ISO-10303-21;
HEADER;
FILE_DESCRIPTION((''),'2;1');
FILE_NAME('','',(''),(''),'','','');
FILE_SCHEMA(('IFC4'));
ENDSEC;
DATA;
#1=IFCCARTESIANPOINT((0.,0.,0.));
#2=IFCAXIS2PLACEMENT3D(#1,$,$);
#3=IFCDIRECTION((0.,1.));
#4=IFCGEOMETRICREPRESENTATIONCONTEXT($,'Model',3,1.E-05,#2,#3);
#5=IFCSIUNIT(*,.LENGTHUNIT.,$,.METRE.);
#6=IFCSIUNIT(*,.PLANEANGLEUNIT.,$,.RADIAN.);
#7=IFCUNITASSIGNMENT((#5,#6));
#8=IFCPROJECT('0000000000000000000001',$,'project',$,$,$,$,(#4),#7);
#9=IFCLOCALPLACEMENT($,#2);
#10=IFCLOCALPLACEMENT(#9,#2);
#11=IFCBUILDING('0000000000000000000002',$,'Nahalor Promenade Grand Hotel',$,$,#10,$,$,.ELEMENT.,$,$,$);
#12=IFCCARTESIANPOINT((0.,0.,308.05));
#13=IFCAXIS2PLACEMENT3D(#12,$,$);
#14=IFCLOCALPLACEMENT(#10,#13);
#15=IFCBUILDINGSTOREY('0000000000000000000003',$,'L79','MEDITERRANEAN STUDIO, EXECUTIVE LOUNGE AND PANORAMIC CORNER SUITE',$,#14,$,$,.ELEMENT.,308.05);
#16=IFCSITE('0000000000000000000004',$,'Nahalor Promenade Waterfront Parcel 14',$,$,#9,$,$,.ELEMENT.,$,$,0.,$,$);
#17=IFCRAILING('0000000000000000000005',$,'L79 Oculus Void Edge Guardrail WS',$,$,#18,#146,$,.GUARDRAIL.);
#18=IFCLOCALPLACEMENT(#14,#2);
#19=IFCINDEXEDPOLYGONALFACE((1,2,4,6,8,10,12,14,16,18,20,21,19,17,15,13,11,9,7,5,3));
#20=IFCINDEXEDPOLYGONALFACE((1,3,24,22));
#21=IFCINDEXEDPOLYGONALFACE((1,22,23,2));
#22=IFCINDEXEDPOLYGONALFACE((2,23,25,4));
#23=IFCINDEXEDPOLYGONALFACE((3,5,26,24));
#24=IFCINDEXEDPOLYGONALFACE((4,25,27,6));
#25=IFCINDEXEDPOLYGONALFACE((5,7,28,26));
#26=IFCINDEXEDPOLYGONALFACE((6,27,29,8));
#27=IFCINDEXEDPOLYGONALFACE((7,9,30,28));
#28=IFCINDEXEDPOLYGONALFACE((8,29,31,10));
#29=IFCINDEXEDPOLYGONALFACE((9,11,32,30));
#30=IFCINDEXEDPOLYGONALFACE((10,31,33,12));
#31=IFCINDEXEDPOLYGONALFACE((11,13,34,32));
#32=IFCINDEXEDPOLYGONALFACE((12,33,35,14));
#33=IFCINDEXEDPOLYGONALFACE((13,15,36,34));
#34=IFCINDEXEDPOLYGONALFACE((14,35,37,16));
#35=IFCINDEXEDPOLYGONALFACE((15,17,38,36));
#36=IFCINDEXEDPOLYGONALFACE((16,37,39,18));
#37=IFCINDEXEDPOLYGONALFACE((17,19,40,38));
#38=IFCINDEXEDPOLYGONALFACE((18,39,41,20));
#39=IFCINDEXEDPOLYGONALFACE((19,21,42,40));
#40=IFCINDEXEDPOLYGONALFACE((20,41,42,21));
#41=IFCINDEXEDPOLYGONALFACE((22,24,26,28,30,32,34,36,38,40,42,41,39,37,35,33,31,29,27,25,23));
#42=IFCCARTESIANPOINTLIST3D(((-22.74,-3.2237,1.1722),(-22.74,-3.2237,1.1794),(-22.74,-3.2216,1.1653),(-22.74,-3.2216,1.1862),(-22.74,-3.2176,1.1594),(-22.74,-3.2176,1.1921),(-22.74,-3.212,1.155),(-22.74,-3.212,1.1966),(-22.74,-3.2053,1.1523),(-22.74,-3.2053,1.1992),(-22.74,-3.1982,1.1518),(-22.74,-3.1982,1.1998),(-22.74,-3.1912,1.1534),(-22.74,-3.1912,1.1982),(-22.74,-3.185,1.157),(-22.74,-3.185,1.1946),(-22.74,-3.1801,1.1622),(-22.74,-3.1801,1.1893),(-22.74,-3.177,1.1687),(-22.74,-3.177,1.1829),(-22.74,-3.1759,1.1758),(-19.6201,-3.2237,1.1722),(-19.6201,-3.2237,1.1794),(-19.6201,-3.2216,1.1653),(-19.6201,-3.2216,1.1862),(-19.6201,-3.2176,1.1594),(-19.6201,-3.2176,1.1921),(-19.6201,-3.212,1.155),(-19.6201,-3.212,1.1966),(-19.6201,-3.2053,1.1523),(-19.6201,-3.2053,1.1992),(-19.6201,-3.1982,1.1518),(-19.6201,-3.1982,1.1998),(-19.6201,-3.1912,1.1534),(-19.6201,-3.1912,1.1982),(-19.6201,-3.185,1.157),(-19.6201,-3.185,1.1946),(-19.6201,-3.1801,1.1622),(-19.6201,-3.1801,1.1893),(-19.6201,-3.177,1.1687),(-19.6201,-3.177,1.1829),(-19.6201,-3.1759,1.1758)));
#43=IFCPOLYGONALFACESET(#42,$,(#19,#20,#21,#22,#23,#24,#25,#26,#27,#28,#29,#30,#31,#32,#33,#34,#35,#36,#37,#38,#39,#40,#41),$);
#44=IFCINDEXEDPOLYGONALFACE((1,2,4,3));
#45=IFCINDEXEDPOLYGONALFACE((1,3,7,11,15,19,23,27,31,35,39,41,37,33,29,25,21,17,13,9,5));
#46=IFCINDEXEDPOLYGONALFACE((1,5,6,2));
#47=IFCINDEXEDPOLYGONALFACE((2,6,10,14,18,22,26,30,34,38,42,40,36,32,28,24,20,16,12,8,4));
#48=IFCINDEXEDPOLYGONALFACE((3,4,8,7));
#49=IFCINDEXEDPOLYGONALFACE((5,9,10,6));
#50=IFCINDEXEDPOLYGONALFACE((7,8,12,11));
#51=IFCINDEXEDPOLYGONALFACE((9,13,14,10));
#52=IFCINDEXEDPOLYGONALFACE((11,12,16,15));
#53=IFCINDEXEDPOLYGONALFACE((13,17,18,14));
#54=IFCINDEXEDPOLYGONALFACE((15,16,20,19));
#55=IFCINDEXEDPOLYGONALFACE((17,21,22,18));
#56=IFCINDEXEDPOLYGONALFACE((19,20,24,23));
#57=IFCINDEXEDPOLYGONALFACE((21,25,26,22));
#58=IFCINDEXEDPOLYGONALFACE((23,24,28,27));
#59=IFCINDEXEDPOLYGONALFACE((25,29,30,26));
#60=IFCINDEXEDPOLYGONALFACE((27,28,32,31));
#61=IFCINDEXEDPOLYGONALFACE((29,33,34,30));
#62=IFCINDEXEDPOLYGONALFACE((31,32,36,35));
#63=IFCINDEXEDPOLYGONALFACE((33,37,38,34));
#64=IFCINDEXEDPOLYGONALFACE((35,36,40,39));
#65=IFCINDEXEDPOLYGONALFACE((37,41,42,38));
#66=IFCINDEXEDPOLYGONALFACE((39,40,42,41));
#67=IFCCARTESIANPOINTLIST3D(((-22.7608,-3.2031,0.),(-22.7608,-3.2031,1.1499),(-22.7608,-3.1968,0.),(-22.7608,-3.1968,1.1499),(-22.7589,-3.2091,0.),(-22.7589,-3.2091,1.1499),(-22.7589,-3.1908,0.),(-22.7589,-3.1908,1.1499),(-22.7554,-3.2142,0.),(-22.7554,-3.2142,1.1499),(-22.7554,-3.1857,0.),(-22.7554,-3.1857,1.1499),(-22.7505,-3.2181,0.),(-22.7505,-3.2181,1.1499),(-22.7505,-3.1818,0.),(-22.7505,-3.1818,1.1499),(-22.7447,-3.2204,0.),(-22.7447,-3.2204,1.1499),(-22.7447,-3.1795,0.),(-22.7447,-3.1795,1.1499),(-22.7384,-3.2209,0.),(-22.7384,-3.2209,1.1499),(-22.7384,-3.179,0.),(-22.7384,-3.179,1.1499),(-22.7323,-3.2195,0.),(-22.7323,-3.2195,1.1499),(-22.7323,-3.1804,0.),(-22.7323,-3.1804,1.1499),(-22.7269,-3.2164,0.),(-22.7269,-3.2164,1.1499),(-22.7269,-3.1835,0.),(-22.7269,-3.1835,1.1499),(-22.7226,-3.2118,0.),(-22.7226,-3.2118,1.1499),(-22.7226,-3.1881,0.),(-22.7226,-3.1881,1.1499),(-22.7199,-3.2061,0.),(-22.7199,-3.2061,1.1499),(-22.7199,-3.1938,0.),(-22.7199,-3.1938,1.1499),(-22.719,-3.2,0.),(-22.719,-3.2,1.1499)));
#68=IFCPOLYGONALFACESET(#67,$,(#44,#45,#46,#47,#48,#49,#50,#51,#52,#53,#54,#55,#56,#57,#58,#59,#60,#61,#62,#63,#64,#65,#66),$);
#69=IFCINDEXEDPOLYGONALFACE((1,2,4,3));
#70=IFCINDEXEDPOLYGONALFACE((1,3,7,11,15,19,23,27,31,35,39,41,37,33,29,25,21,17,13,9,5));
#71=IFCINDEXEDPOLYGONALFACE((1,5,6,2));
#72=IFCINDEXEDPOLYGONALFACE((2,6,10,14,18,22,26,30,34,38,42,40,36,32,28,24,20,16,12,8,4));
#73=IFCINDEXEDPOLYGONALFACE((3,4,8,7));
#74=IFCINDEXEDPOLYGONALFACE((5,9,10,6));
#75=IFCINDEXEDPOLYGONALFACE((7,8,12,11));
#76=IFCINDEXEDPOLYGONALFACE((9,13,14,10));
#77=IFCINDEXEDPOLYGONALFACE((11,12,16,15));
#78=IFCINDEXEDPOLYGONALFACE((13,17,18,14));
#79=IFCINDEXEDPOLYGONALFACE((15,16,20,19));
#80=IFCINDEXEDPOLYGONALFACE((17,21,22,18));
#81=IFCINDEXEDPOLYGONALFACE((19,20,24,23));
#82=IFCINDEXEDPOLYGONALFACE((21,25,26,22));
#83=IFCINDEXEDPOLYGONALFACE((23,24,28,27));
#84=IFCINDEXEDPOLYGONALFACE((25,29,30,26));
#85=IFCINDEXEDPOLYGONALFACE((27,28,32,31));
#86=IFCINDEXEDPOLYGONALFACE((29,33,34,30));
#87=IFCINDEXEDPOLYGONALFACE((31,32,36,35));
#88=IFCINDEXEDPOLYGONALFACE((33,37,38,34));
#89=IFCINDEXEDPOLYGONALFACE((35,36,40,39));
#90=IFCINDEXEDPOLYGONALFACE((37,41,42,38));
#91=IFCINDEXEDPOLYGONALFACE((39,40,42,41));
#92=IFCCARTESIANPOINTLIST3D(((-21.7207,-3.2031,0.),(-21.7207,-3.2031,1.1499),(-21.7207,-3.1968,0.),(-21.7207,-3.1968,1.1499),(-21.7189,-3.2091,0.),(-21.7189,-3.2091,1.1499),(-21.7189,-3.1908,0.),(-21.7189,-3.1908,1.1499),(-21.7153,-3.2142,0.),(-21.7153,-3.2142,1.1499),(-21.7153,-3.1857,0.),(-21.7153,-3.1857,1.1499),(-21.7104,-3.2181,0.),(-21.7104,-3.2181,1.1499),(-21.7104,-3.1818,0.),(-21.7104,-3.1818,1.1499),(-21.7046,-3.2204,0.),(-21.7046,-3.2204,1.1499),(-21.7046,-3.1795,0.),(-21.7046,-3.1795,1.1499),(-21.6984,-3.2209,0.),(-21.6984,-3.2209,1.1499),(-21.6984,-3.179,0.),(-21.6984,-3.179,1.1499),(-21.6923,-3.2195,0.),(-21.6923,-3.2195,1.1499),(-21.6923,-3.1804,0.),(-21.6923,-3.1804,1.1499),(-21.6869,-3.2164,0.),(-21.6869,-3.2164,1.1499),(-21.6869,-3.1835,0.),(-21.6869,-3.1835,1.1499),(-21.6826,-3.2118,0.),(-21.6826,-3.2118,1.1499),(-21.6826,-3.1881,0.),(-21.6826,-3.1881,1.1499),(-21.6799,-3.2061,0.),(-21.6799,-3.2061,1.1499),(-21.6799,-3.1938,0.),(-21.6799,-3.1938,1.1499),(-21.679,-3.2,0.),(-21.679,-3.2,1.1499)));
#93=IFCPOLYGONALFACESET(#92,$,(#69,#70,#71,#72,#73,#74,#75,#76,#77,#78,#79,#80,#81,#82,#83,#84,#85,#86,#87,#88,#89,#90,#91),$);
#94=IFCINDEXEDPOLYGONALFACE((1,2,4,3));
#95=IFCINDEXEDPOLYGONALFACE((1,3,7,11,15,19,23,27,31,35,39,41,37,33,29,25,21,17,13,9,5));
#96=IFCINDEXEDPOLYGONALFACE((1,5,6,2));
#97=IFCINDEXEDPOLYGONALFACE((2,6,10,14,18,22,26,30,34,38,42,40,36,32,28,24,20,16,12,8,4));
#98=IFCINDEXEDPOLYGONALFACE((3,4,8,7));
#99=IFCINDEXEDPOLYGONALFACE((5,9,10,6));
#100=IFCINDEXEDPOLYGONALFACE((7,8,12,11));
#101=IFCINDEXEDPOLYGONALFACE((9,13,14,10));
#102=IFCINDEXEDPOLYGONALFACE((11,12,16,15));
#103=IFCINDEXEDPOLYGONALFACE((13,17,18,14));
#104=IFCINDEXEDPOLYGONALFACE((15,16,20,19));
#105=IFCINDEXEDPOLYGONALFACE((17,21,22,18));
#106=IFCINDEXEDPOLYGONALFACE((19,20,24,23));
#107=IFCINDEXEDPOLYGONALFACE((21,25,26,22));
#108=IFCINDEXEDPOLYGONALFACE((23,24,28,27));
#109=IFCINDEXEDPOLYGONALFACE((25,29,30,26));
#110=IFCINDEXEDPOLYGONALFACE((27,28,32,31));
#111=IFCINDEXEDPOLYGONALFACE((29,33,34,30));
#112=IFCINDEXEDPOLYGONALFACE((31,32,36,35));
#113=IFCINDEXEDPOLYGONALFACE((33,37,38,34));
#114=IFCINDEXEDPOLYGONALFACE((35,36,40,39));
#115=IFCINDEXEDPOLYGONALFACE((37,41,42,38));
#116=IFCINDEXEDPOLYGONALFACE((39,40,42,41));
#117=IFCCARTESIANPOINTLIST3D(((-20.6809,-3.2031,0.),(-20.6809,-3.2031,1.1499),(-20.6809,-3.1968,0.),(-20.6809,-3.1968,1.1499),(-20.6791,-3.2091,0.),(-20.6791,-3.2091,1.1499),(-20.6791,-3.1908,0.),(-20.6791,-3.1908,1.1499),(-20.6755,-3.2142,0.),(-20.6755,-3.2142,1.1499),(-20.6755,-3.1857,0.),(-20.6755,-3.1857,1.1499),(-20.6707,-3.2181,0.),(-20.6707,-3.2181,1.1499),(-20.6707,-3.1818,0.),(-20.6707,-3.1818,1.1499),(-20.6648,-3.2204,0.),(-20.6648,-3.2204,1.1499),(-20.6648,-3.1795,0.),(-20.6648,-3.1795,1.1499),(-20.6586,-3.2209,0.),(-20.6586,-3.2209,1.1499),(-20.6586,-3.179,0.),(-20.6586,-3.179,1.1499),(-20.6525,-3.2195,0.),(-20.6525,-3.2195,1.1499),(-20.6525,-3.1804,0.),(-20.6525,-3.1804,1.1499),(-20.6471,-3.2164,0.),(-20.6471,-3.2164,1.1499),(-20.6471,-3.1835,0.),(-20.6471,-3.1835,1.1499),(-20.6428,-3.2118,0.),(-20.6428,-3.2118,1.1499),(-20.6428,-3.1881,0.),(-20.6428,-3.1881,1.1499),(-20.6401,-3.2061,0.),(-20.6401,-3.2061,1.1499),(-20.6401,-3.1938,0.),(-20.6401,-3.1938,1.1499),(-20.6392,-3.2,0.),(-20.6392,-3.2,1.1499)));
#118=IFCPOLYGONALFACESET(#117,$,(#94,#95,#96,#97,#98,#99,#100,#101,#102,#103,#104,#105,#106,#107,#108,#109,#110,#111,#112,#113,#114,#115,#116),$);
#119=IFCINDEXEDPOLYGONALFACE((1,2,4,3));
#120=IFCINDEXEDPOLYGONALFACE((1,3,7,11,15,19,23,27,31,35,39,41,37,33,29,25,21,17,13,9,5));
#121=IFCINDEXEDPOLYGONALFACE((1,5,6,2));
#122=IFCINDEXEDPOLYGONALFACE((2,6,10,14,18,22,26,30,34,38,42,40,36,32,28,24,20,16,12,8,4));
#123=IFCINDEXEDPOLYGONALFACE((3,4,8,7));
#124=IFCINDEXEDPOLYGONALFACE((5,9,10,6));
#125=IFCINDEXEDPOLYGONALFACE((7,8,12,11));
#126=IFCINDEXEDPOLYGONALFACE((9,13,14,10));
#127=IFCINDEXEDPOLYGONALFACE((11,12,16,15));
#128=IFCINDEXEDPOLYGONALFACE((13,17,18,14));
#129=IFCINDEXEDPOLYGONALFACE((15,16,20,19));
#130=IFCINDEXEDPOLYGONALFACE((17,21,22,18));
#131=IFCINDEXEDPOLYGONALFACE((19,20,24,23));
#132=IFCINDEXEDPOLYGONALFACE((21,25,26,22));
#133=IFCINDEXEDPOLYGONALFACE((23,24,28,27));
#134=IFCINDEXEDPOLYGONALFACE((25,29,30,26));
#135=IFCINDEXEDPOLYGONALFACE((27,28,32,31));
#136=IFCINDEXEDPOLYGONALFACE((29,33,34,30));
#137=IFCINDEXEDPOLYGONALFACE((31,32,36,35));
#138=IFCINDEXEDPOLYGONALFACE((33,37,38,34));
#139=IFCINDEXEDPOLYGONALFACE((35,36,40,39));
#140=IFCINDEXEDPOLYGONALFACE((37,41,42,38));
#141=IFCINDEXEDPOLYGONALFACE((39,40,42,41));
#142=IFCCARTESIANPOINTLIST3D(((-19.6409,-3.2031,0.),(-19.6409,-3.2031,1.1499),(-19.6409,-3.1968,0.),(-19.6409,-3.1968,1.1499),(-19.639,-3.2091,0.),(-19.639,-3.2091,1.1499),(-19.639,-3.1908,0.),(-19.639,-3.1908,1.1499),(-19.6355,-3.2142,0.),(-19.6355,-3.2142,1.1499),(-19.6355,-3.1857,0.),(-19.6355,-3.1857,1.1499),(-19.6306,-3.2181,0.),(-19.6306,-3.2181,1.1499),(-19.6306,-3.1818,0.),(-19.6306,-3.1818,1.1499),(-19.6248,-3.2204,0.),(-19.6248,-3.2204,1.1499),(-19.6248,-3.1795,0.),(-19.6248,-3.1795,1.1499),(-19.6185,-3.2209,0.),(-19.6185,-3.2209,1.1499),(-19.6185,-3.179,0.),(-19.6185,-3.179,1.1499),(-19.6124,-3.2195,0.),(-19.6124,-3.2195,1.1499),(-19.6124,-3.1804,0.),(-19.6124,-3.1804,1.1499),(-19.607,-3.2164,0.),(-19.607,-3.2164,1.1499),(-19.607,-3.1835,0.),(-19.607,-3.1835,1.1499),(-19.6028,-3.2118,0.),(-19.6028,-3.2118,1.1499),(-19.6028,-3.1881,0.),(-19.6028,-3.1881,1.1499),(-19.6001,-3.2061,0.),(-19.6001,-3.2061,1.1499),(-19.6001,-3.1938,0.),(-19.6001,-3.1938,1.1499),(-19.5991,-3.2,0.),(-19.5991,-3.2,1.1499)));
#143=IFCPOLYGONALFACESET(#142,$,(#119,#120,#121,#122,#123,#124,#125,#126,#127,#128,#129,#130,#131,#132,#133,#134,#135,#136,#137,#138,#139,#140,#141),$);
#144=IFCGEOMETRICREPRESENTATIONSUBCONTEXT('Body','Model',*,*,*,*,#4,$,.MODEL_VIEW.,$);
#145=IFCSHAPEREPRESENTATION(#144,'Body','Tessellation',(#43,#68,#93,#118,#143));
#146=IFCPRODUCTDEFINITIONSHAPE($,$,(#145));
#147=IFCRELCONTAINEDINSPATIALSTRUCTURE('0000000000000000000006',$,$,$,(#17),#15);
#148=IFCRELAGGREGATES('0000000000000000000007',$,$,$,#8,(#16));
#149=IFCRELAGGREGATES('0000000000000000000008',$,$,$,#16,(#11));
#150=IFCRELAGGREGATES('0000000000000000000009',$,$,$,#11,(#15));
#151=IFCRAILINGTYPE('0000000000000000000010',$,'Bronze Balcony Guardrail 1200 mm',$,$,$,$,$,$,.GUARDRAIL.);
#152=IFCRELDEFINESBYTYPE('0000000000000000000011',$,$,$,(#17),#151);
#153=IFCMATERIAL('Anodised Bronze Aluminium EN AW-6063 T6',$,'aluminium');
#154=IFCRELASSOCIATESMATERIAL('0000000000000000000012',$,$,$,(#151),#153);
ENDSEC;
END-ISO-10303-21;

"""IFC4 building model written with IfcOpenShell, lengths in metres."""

from ifc_helpers import new_model, si_unit, direction, frame, origin, origin_2d, place, context, subcontext, project, spatial, circle, extrude, material, type_object, element, save


model = new_model("IFC4")

# Units and contexts
model_context = context("Model", 3, precision=1e-05, world=origin(), true_north=direction((0.0, 1.0)))
body_context = subcontext(model_context, "Body", "Model", "MODEL_VIEW")
ifc_project = project(units=[si_unit("LENGTHUNIT", "METRE"), si_unit("PLANEANGLEUNIT", "RADIAN")], contexts=[model_context])

# Site, building, storey
site_placement = place(None, origin())
site = spatial("IfcSite", under=ifc_project, at=site_placement, Name="Nahalor Promenade Waterfront Parcel 14", CompositionType="ELEMENT", RefElevation=0.0)
building_placement = place(site_placement, origin())
building = spatial("IfcBuilding", under=site, at=building_placement, Name="Nahalor Promenade Grand Hotel", CompositionType="ELEMENT")
storey_placement = place(building_placement, frame((0.0, 0.0, 308.05)))
storey = spatial("IfcBuildingStorey", under=building, at=storey_placement, Name="L79", Description="MEDITERRANEAN STUDIO, EXECUTIVE LOUNGE AND PANORAMIC CORNER SUITE", CompositionType="ELEMENT", Elevation=308.05)

# Shared definitions
ifc_material_1 = material(Name="Anodised Bronze Aluminium EN AW-6063 T6", Category="aluminium")

# Railing
railing_type = type_object("IfcRailingType", Name="Bronze Balcony Guardrail 1200 mm", PredefinedType="GUARDRAIL", material=ifc_material_1)
for number, where, name in (
    (1, (-22.74, -3.2, 0.0), "L79 Oculus Void Edge Guardrail WS"),
):
    element("IfcRailing", number, at=place(storey_placement, frame(where)), inside=storey, type_object=railing_type, Name=name, PredefinedType="GUARDRAIL", context=body_context, shape_type="SweptSolid", body=[
        extrude(circle(Radius=0.024, at=origin_2d()), frame((0.0, 0.0, 1.1758), z_axis=(1.0, 0.0, 0.0), x_axis=(0.0, 1.0, 0.0)), (0.0, 0.0, 1.0), 3.1199),
        extrude(circle(Radius=0.021, at=origin_2d()), origin(), (0.0, 0.0, 1.0), 1.1499),
        extrude(circle(Radius=0.021, at=origin_2d()), frame((1.04, 0.0, 0.0)), (0.0, 0.0, 1.0), 1.1499),
        extrude(circle(Radius=0.021, at=origin_2d()), frame((2.0798, 0.0, 0.0)), (0.0, 0.0, 1.0), 1.1499),
        extrude(circle(Radius=0.021, at=origin_2d()), frame((3.1199, 0.0, 0.0)), (0.0, 0.0, 1.0), 1.1499),
    ])

save(model, "model.ifc")
